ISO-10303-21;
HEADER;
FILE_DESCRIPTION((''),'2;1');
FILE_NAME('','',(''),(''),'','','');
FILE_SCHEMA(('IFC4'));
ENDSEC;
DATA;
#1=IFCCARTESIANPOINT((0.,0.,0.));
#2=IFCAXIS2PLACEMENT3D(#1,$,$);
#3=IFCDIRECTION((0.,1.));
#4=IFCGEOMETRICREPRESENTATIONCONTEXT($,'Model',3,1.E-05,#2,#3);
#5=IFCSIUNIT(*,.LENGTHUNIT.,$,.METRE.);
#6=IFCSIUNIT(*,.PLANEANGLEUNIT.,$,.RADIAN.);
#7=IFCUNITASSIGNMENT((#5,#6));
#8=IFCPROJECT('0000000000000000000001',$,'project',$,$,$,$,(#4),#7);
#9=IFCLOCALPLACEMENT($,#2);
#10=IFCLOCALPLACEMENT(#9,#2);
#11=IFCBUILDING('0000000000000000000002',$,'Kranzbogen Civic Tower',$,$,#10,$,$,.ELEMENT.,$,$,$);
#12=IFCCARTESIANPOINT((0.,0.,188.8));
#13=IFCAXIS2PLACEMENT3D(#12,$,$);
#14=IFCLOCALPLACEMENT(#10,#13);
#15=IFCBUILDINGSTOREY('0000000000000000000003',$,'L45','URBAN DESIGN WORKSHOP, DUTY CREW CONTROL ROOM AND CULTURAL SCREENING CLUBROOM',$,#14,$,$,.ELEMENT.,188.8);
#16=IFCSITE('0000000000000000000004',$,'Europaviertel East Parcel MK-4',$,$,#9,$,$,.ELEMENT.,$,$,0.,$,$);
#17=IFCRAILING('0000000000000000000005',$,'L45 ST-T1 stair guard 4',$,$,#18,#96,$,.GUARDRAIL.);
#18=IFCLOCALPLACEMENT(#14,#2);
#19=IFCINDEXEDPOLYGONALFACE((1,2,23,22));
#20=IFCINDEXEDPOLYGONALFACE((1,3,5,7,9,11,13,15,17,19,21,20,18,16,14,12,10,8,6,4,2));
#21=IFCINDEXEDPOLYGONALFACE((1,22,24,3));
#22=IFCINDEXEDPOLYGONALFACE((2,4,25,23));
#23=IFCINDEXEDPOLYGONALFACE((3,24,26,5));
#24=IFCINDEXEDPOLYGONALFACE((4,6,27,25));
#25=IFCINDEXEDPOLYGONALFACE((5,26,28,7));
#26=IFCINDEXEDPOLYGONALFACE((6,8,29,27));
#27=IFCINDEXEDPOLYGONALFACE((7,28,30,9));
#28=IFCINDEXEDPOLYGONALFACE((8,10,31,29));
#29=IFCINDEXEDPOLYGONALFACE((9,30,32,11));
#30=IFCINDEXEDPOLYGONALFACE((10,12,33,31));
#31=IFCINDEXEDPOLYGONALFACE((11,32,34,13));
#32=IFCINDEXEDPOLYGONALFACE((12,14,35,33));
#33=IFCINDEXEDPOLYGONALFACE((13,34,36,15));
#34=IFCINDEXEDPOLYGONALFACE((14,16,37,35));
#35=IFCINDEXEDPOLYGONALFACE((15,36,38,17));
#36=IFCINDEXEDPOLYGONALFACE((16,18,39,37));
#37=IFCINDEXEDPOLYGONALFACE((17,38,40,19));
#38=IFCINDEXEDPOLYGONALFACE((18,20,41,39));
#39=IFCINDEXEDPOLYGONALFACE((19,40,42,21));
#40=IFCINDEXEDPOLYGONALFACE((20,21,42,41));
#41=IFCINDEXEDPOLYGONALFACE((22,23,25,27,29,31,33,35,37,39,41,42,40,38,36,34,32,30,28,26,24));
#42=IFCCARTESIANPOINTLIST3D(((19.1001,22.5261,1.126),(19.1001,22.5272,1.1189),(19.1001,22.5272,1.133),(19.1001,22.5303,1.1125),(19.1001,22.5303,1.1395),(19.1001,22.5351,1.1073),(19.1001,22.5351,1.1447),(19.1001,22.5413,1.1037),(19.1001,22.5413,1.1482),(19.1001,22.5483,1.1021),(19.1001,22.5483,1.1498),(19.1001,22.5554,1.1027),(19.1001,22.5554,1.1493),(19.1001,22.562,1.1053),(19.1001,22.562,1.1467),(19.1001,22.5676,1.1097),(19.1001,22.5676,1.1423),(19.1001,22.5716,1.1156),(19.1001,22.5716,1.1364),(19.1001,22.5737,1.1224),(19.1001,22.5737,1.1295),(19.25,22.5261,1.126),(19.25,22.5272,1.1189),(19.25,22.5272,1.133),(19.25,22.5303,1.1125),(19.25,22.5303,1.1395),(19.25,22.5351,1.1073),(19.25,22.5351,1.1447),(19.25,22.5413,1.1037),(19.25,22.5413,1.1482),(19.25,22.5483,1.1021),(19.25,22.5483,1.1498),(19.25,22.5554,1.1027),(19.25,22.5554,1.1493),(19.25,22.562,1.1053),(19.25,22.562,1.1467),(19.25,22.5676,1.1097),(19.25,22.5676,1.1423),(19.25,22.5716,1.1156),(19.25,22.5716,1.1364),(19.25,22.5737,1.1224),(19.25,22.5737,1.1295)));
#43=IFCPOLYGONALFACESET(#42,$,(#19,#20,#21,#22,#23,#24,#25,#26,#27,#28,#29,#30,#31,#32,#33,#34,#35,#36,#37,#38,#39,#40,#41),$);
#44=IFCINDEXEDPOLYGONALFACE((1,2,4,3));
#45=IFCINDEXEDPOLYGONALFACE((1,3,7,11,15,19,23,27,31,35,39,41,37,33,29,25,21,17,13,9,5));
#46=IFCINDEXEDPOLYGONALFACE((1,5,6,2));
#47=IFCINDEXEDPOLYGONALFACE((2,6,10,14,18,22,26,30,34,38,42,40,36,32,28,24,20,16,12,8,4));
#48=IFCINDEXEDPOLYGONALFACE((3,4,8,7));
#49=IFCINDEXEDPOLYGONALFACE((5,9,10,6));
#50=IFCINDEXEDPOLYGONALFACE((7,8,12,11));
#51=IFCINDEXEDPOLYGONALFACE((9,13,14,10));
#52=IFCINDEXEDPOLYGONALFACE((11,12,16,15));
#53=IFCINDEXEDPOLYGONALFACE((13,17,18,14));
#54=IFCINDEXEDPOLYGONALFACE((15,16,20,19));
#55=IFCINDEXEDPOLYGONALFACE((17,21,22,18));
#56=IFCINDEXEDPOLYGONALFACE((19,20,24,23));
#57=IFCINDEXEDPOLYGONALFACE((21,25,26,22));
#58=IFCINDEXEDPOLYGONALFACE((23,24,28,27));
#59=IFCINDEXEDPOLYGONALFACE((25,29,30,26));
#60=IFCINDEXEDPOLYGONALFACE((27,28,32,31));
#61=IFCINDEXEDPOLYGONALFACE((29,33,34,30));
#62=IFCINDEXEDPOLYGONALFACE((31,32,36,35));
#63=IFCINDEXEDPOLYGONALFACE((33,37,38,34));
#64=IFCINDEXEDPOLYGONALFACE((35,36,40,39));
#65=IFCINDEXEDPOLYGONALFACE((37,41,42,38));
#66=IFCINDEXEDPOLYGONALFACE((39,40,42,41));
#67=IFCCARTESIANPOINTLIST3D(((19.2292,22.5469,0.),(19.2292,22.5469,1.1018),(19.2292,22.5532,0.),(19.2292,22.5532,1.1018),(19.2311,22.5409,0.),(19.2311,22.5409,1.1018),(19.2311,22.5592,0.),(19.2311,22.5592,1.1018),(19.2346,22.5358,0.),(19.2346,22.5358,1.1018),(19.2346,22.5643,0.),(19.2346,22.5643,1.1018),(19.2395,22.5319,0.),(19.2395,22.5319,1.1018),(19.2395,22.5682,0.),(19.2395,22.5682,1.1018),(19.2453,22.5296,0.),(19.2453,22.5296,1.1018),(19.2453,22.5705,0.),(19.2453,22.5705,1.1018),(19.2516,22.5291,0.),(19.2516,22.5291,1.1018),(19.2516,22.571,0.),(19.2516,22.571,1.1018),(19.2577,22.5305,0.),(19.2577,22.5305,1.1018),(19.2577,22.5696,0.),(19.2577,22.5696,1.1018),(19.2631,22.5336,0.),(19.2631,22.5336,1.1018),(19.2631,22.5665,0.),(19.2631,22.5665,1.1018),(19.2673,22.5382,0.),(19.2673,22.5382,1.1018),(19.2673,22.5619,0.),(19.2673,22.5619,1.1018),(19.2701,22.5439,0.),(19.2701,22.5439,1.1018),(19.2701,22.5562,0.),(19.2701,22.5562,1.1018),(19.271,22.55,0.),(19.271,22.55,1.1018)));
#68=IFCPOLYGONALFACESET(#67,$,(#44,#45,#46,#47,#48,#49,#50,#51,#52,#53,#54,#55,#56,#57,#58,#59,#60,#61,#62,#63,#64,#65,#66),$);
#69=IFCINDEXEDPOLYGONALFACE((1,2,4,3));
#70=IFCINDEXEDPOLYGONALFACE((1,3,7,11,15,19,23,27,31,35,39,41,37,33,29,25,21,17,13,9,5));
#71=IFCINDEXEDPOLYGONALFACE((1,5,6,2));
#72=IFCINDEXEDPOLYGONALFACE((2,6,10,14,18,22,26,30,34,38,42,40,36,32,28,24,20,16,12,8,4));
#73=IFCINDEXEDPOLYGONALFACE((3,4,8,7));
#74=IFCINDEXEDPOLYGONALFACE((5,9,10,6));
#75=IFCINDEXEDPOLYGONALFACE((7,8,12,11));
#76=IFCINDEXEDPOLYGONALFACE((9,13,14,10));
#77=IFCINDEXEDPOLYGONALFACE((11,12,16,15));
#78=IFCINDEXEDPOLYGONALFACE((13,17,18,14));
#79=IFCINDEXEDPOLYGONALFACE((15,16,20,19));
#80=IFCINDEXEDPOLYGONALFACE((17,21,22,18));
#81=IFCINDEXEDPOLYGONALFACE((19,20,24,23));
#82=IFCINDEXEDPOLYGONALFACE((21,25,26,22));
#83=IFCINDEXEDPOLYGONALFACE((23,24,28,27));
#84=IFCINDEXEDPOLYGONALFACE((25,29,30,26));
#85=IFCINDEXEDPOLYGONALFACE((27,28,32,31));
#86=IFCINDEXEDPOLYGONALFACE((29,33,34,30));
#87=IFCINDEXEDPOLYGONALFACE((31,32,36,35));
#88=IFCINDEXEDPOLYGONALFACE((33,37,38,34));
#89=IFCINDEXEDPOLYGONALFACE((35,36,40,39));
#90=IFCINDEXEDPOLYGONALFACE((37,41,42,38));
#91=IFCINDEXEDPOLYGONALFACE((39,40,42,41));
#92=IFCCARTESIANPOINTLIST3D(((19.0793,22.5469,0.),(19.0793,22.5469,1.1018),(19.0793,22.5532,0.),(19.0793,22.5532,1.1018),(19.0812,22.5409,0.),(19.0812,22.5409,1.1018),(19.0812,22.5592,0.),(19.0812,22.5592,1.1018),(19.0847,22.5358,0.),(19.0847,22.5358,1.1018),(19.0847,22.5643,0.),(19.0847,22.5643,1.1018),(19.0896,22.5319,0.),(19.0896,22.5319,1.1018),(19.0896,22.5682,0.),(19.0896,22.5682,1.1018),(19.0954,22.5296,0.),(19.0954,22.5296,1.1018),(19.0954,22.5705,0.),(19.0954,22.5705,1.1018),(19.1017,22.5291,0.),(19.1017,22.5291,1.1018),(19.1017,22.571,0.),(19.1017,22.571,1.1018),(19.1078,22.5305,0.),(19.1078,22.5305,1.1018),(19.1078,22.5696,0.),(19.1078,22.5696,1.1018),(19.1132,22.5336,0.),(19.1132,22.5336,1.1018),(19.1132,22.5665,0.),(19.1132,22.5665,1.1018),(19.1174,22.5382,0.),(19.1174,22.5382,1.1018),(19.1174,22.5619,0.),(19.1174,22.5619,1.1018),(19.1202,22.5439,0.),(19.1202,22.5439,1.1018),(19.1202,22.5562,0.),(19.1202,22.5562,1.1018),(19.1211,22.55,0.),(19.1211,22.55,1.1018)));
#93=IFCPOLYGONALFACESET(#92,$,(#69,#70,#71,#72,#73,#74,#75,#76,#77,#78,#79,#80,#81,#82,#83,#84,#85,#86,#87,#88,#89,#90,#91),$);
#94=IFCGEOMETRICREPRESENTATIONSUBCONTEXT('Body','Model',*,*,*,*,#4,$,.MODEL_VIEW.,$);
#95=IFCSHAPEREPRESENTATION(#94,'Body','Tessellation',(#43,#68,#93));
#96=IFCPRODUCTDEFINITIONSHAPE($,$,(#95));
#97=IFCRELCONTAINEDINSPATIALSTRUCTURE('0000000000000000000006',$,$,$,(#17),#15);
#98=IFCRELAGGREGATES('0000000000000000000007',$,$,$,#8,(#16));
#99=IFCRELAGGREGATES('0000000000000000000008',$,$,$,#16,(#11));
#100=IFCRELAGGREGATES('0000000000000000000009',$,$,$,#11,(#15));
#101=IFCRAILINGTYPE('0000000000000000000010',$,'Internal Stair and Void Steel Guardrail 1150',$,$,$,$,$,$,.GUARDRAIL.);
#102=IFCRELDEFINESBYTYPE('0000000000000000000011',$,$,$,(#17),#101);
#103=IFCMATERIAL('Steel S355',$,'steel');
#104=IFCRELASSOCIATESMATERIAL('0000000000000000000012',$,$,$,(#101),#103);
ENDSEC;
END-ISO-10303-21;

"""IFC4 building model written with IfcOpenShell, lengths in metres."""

from ifc_helpers import new_model, si_unit, direction, frame, origin, origin_2d, place, context, subcontext, project, spatial, circle, extrude, material, type_object, element, save


model = new_model("IFC4")

# Units and contexts
model_context = context("Model", 3, precision=1e-05, world=origin(), true_north=direction((0.0, 1.0)))
body_context = subcontext(model_context, "Body", "Model", "MODEL_VIEW")
ifc_project = project(units=[si_unit("LENGTHUNIT", "METRE"), si_unit("PLANEANGLEUNIT", "RADIAN")], contexts=[model_context])

# Site, building, storey
site_placement = place(None, origin())
site = spatial("IfcSite", under=ifc_project, at=site_placement, Name="Europaviertel East Parcel MK-4", CompositionType="ELEMENT", RefElevation=0.0)
building_placement = place(site_placement, origin())
building = spatial("IfcBuilding", under=site, at=building_placement, Name="Kranzbogen Civic Tower", CompositionType="ELEMENT")
storey_placement = place(building_placement, frame((0.0, 0.0, 188.8)))
storey = spatial("IfcBuildingStorey", under=building, at=storey_placement, Name="L45", Description="URBAN DESIGN WORKSHOP, DUTY CREW CONTROL ROOM AND CULTURAL SCREENING CLUBROOM", CompositionType="ELEMENT", Elevation=188.8)

# Shared definitions
ifc_material_1 = material(Name="Steel S355", Category="steel")

# Railing
railing_type_1 = type_object("IfcRailingType", Name="Internal Stair and Void Steel Guardrail 1150", PredefinedType="GUARDRAIL", material=ifc_material_1)
railing_1_placement = place(storey_placement, frame((19.25, 22.55, 0.0)))
element("IfcRailing", 1, at=railing_1_placement, inside=storey, type_object=railing_type_1, Name="L45 ST-T1 stair guard 4", PredefinedType="GUARDRAIL", context=body_context, shape_type="SweptSolid", body=[
    extrude(circle(Radius=0.0239, at=origin_2d()), frame((0.0, 0.0, 1.126), z_axis=(-1.0, 0.0, 0.0), x_axis=(0.0, -1.0, 0.0)), (0.0, 0.0, 1.0), 0.1499),
    extrude(circle(Radius=0.021, at=origin_2d()), origin(), (0.0, 0.0, 1.0), 1.1018),
    extrude(circle(Radius=0.021, at=origin_2d()), frame((-0.1499, 0.0, 0.0)), (0.0, 0.0, 1.0), 1.1018),
])

save(model, "model.ifc")
